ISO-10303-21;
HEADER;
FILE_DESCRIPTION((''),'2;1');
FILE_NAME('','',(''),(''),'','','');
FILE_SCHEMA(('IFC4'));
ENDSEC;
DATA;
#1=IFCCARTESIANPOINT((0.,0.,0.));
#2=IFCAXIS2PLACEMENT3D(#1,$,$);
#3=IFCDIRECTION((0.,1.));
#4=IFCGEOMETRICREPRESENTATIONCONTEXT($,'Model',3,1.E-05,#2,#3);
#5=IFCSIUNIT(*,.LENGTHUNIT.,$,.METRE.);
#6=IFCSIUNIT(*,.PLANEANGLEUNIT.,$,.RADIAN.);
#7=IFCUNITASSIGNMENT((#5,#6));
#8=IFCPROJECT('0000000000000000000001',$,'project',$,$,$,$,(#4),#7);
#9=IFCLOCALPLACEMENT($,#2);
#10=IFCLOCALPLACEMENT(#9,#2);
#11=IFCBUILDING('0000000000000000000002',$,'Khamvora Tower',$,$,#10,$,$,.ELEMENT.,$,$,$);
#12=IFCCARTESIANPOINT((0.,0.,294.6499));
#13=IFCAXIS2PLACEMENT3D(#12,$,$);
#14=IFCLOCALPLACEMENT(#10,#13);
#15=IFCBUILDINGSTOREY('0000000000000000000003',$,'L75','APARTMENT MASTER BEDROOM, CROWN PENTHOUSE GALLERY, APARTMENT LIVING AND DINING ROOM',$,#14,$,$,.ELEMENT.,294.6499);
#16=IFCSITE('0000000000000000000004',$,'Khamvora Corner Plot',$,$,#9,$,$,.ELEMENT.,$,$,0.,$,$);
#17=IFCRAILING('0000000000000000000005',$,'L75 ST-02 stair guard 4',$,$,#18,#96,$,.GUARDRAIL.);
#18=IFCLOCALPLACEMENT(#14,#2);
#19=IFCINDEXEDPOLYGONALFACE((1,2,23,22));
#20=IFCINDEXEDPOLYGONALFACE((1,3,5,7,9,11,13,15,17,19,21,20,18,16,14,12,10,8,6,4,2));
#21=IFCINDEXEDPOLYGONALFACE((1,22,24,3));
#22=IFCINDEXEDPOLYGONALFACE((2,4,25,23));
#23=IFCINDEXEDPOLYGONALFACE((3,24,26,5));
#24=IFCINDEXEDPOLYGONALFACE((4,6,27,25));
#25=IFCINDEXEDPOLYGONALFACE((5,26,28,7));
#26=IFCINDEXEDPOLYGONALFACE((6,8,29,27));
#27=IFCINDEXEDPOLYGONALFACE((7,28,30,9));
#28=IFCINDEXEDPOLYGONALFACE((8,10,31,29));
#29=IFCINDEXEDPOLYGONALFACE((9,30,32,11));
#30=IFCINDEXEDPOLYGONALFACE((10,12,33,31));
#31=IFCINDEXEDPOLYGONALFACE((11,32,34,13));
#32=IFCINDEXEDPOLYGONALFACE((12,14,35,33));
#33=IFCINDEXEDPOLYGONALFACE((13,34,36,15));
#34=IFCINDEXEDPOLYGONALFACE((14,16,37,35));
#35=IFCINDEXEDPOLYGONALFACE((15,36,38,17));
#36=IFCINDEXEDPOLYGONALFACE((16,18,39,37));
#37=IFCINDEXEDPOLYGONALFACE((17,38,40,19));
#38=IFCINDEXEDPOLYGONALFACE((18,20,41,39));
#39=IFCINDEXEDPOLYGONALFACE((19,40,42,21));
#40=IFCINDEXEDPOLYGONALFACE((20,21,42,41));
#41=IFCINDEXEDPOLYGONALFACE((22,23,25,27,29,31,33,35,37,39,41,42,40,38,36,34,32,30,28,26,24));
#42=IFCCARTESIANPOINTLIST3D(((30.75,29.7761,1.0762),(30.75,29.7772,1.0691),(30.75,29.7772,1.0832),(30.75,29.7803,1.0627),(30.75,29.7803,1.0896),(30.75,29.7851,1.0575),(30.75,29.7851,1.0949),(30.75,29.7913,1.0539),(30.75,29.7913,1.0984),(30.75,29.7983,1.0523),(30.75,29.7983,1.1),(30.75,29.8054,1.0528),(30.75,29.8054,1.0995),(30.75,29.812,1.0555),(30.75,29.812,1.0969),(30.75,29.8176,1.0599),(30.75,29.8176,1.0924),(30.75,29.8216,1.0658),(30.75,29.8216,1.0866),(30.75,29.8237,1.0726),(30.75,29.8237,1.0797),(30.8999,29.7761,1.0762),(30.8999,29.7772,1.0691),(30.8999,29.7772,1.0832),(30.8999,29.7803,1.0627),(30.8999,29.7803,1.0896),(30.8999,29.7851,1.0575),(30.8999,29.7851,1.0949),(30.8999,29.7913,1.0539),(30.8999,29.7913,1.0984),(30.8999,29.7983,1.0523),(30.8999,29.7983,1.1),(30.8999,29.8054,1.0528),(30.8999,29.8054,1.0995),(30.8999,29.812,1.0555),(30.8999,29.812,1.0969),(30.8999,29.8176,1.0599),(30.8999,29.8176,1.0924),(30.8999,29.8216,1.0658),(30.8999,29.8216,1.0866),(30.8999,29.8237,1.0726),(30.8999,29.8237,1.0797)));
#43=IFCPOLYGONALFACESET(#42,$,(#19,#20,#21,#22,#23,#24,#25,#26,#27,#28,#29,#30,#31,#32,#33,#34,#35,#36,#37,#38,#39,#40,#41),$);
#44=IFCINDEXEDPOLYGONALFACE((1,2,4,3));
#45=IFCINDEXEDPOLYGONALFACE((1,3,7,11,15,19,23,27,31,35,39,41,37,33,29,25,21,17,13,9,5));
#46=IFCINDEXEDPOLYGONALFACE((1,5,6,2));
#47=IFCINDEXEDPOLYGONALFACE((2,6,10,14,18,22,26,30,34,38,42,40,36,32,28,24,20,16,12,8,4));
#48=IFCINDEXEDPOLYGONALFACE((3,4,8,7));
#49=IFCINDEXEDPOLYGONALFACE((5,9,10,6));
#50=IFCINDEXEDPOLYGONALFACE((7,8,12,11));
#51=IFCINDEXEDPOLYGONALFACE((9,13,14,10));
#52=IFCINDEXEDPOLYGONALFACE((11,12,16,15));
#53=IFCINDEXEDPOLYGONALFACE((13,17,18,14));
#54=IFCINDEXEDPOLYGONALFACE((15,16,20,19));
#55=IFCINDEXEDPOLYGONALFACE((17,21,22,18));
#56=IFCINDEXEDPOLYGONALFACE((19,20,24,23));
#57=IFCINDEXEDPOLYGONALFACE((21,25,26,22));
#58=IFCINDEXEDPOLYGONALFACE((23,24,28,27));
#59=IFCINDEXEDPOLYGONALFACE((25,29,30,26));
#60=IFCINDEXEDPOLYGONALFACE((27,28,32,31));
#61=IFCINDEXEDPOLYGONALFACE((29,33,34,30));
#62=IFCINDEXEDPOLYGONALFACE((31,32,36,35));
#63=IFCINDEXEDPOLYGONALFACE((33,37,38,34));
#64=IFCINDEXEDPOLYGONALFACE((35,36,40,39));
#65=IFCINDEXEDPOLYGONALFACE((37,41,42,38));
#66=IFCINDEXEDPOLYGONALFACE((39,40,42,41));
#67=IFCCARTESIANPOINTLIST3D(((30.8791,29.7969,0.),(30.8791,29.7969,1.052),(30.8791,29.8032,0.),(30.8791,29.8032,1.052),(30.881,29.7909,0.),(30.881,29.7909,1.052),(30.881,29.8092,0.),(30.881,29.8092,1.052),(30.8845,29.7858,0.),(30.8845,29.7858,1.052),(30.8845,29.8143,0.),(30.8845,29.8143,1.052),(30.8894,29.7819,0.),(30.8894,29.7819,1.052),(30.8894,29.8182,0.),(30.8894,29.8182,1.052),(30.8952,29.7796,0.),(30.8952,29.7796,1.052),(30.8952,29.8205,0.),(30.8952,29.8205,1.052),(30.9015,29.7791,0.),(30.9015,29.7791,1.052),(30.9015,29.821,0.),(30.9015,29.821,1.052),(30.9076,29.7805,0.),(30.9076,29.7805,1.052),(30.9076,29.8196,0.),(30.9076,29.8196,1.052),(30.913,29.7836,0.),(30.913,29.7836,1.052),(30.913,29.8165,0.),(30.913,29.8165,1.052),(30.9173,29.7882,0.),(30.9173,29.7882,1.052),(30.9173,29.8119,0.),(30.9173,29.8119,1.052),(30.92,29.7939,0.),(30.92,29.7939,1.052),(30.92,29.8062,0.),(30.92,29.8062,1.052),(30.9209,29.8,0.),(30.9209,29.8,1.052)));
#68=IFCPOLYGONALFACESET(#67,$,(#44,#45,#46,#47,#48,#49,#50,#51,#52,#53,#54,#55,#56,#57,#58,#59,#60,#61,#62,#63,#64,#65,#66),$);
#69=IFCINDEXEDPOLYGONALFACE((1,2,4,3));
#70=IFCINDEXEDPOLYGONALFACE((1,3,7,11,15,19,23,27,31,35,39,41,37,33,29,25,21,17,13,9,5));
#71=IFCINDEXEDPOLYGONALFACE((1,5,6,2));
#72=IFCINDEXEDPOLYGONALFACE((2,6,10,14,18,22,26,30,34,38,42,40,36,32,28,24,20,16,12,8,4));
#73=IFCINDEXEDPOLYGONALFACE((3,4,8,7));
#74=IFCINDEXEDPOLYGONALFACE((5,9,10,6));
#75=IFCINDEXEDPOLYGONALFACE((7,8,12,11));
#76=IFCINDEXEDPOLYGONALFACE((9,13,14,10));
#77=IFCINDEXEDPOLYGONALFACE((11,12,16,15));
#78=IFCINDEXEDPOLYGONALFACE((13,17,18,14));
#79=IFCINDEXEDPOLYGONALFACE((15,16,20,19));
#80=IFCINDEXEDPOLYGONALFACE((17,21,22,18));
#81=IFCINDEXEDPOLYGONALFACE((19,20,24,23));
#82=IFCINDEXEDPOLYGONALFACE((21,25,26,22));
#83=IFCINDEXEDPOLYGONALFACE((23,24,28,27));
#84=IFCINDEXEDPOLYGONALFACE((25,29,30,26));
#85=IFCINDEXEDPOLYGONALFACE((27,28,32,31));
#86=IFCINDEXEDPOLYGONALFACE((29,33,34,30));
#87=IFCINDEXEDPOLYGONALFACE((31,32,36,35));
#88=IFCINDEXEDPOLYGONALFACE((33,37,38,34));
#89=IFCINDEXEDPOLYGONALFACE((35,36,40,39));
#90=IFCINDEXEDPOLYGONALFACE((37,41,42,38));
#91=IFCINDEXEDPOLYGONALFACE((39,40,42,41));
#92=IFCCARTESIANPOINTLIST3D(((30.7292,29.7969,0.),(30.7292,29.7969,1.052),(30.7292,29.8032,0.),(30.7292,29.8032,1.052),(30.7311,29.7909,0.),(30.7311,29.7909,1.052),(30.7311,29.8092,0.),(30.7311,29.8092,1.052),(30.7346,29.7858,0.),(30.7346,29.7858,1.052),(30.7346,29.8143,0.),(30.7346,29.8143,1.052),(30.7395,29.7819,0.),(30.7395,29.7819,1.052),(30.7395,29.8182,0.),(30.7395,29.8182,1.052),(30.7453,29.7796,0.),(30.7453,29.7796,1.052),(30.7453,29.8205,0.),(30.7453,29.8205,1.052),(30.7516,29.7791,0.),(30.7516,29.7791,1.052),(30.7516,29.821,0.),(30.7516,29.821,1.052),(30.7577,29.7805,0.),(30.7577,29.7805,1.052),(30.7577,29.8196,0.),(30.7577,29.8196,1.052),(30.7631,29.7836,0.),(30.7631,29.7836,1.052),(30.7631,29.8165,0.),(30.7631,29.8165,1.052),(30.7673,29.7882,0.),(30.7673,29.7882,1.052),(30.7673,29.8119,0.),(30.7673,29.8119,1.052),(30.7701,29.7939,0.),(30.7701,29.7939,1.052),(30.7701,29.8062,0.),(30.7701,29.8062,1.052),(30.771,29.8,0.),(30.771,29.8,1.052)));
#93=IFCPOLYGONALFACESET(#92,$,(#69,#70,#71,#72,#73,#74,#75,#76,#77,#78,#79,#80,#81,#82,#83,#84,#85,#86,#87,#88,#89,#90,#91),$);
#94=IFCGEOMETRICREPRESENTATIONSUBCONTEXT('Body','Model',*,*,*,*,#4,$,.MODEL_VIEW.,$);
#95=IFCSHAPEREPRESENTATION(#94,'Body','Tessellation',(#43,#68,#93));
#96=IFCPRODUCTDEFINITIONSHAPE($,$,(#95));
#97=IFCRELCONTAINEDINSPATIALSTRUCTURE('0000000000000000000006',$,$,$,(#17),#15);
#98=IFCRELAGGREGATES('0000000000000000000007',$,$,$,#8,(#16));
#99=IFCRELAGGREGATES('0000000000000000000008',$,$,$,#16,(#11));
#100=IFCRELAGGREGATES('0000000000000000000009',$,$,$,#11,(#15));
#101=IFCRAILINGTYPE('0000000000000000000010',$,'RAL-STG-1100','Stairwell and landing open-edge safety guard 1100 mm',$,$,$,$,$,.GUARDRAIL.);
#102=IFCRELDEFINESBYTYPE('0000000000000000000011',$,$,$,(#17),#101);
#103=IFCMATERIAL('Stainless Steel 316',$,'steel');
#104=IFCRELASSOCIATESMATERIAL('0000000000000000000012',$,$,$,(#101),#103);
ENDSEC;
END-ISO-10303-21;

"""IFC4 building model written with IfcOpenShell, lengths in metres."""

from ifc_helpers import new_model, si_unit, direction, frame, origin, origin_2d, place, context, subcontext, project, spatial, circle, extrude, material, type_object, element, save


model = new_model("IFC4")

# Units and contexts
model_context = context("Model", 3, precision=1e-05, world=origin(), true_north=direction((0.0, 1.0)))
body_context = subcontext(model_context, "Body", "Model", "MODEL_VIEW")
ifc_project = project(units=[si_unit("LENGTHUNIT", "METRE"), si_unit("PLANEANGLEUNIT", "RADIAN")], contexts=[model_context])

# Site, building, storey
site_placement = place(None, origin())
site = spatial("IfcSite", under=ifc_project, at=site_placement, Name="Khamvora Corner Plot", CompositionType="ELEMENT", RefElevation=0.0)
building_placement = place(site_placement, origin())
building = spatial("IfcBuilding", under=site, at=building_placement, Name="Khamvora Tower", CompositionType="ELEMENT")
storey_placement = place(building_placement, frame((0.0, 0.0, 294.6499)))
storey = spatial("IfcBuildingStorey", under=building, at=storey_placement, Name="L75", Description="APARTMENT MASTER BEDROOM, CROWN PENTHOUSE GALLERY, APARTMENT LIVING AND DINING ROOM", CompositionType="ELEMENT", Elevation=294.6499)

# Railing
ifc_material_1 = material(Name="Stainless Steel 316", Category="steel")
railing_type_1 = type_object("IfcRailingType", Name="RAL-STG-1100", Description="Stairwell and landing open-edge safety guard 1100 mm", PredefinedType="GUARDRAIL", material=ifc_material_1)
for number, where, name in (
    (1, (30.8999, 29.8, 0.0), "L75 ST-02 stair guard 4"),
):
    element("IfcRailing", number, at=place(storey_placement, frame(where)), inside=storey, type_object=railing_type_1, Name=name, PredefinedType="GUARDRAIL", context=body_context, shape_type="SweptSolid", body=[
        extrude(circle(Radius=0.0239, at=origin_2d()), frame((0.0, 0.0, 1.0762), z_axis=(-1.0, 0.0, 0.0), x_axis=(0.0, -1.0, 0.0)), (0.0, 0.0, 1.0), 0.1499),
        extrude(circle(Radius=0.021, at=origin_2d()), origin(), (0.0, 0.0, 1.0), 1.052),
        extrude(circle(Radius=0.021, at=origin_2d()), frame((-0.1499, 0.0, 0.0)), (0.0, 0.0, 1.0), 1.052),
    ])

save(model, "model.ifc")
